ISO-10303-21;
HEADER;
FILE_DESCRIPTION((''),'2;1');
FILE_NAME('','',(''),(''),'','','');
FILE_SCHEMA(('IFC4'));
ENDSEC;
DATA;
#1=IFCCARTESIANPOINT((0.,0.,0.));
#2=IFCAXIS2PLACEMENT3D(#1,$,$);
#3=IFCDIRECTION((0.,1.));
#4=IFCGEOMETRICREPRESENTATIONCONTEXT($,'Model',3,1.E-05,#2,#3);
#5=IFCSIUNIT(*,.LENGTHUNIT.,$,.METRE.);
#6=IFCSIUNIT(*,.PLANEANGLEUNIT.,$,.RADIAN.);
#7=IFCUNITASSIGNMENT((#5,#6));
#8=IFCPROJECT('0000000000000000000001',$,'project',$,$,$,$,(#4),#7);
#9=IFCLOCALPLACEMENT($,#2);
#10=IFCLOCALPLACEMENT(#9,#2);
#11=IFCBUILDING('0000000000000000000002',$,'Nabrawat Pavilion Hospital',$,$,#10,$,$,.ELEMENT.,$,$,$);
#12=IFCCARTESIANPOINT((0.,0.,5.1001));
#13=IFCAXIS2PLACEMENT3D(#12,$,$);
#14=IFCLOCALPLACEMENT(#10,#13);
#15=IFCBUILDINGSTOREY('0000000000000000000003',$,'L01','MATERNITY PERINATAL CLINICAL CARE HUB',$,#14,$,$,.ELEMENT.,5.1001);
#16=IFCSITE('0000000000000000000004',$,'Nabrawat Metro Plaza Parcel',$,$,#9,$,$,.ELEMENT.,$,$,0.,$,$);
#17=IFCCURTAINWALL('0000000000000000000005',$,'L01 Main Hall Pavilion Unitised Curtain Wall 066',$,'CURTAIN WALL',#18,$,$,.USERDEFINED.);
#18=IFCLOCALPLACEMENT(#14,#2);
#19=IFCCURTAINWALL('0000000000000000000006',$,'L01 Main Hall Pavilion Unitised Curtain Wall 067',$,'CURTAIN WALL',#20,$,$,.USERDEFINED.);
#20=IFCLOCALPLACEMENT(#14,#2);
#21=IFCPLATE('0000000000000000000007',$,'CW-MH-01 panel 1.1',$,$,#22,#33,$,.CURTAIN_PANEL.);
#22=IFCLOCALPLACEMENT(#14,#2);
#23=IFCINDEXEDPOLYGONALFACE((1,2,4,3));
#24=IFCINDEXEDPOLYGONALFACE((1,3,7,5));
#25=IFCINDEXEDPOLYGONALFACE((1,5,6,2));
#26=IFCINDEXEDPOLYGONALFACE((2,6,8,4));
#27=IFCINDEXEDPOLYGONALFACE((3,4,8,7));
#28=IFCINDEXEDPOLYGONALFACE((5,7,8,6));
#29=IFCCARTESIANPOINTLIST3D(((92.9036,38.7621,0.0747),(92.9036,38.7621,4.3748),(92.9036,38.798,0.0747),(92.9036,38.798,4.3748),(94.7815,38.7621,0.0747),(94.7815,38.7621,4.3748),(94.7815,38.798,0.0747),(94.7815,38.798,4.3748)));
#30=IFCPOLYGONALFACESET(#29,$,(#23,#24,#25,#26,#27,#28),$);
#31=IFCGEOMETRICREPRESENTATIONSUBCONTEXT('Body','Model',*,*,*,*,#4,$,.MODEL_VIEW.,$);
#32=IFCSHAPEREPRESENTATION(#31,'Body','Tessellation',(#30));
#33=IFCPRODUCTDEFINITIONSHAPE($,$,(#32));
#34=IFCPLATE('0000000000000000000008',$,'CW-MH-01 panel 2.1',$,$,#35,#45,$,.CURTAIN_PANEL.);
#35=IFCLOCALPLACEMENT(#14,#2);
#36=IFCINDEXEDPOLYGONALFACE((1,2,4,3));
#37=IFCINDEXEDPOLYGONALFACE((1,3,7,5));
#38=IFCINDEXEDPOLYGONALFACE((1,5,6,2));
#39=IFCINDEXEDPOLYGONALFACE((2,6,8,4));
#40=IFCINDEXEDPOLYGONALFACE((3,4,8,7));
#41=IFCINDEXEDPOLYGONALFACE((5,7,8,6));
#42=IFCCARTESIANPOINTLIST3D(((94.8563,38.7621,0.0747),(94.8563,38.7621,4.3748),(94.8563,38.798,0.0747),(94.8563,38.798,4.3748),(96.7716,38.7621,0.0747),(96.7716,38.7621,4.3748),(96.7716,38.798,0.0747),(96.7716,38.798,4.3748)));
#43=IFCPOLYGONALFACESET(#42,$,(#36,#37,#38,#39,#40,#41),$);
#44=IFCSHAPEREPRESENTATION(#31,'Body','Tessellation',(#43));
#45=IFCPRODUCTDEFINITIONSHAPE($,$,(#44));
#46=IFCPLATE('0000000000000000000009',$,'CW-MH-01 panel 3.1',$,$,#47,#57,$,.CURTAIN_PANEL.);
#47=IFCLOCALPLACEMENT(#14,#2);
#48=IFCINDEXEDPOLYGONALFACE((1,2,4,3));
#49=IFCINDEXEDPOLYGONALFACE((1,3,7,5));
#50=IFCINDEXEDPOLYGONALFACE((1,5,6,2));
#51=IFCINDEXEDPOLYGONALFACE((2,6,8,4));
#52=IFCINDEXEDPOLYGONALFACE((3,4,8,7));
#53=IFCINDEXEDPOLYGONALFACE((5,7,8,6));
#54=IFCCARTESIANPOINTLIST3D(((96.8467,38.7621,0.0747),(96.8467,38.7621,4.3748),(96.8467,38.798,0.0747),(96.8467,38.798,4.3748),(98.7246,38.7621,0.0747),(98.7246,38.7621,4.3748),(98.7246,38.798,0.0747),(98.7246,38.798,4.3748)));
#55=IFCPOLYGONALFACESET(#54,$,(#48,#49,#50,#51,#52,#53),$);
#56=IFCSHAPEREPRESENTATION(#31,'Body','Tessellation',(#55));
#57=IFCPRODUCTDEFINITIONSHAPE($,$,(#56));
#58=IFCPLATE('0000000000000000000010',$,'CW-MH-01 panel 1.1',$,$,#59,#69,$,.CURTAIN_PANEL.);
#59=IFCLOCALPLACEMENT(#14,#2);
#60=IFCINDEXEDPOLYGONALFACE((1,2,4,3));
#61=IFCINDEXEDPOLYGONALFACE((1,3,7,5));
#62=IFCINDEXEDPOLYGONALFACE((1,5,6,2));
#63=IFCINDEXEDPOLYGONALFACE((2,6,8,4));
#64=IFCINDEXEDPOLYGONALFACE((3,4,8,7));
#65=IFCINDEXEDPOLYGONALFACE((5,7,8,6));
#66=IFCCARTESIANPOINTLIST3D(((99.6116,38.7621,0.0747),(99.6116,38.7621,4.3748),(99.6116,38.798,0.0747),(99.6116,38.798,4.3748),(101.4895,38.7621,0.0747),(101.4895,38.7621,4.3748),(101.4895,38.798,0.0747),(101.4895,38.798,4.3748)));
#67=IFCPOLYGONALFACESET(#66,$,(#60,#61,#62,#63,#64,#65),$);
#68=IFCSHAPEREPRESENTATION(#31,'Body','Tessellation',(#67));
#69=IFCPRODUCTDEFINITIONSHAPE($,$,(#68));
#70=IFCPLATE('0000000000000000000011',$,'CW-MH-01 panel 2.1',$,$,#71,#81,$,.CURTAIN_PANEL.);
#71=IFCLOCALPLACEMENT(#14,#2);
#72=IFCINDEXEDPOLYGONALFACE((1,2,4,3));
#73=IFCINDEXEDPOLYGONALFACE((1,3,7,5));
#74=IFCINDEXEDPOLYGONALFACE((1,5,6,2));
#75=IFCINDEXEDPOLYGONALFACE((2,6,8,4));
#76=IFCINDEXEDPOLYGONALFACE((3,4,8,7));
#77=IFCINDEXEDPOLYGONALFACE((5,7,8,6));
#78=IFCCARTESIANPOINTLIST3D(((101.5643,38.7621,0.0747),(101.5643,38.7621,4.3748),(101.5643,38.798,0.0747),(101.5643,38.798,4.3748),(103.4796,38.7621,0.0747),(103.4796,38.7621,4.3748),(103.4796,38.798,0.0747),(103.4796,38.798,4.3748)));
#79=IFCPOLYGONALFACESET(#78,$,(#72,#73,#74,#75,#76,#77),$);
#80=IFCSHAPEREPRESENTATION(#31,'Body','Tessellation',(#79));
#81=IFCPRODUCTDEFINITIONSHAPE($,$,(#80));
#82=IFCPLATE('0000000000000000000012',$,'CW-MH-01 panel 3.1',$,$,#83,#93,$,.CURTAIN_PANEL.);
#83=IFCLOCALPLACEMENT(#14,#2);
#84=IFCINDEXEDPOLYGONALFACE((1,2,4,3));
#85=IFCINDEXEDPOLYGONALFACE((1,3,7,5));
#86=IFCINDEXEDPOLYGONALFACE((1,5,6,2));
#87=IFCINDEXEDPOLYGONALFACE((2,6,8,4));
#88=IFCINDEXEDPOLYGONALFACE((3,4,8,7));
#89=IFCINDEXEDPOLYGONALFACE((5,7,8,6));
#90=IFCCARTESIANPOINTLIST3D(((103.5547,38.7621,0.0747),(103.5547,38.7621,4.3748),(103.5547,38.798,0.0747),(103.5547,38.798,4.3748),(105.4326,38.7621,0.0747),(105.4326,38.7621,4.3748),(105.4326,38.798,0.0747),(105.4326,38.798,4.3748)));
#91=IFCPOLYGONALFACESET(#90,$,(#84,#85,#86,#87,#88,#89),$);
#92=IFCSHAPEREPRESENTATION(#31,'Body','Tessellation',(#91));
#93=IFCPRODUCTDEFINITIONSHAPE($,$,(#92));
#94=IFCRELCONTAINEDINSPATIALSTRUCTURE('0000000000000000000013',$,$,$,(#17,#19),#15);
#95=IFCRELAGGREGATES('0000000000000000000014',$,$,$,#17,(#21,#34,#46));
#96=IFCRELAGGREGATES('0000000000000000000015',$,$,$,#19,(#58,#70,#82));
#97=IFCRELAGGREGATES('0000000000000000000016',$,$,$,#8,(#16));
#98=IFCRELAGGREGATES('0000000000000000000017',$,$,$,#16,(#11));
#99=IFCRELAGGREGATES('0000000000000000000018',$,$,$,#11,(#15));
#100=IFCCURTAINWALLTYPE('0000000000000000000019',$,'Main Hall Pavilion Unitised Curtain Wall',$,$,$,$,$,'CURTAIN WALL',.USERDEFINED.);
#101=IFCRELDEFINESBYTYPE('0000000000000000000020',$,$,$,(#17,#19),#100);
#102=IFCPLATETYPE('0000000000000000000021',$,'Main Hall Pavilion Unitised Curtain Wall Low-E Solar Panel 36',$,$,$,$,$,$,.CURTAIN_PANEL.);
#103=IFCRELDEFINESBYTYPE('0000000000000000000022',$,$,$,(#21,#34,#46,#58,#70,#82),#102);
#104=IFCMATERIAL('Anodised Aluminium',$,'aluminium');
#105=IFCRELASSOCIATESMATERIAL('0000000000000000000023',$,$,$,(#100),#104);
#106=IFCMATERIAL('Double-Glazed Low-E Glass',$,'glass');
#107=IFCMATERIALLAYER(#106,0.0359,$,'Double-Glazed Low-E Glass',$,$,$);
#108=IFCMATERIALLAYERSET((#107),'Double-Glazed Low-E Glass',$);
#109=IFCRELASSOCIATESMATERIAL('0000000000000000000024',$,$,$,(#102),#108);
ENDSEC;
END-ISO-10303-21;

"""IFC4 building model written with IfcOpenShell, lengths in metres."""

from ifc_helpers import new_model, si_unit, direction, frame, origin, origin_2d, place, context, subcontext, project, spatial, rectangle, extrude, material, layer, layer_set, type_object, element, aggregate, save


model = new_model("IFC4")

# Units and contexts
model_context = context("Model", 3, precision=1e-05, world=origin(), true_north=direction((0.0, 1.0)))
body_context = subcontext(model_context, "Body", "Model", "MODEL_VIEW")
ifc_project = project(units=[si_unit("LENGTHUNIT", "METRE"), si_unit("PLANEANGLEUNIT", "RADIAN")], contexts=[model_context])

# Site, building, storey
site_placement = place(None, origin())
site = spatial("IfcSite", under=ifc_project, at=site_placement, Name="Nabrawat Metro Plaza Parcel", CompositionType="ELEMENT", RefElevation=0.0)
building_placement = place(site_placement, origin())
building = spatial("IfcBuilding", under=site, at=building_placement, Name="Nabrawat Pavilion Hospital", CompositionType="ELEMENT")
storey_placement = place(building_placement, frame((0.0, 0.0, 5.1001)))
storey = spatial("IfcBuildingStorey", under=building, at=storey_placement, Name="L01", Description="MATERNITY PERINATAL CLINICAL CARE HUB", CompositionType="ELEMENT", Elevation=5.1001)

# Shared definitions
ifc_material_1 = material(Name="Anodised Aluminium", Category="aluminium")
curtain_wall_type = type_object("IfcCurtainWallType", Name="Main Hall Pavilion Unitised Curtain Wall", ElementType="CURTAIN WALL", PredefinedType="USERDEFINED", material=ifc_material_1)

# Curtain walls
curtain_wall_1_placement = place(storey_placement, origin())
curtain_wall_1 = element("IfcCurtainWall", 1, at=curtain_wall_1_placement, inside=storey, type_object=curtain_wall_type, Name="L01 Main Hall Pavilion Unitised Curtain Wall 066", ObjectType="CURTAIN WALL", PredefinedType="USERDEFINED")
curtain_wall_2_placement = place(storey_placement, origin())
curtain_wall_2 = element("IfcCurtainWall", 2, at=curtain_wall_2_placement, inside=storey, type_object=curtain_wall_type, Name="L01 Main Hall Pavilion Unitised Curtain Wall 067", ObjectType="CURTAIN WALL", PredefinedType="USERDEFINED")

# Plates
ifc_material_2 = material(Name="Double-Glazed Low-E Glass", Category="glass")
ifc_layer = layer(ifc_material_2, 0.0359, Name="Double-Glazed Low-E Glass")
ifc_layer_set = layer_set([ifc_layer], Name="Double-Glazed Low-E Glass")
plate_type = type_object("IfcPlateType", Name="Main Hall Pavilion Unitised Curtain Wall Low-E Solar Panel 36", PredefinedType="CURTAIN_PANEL", material=ifc_layer_set)
plate_1_placement = place(storey_placement, frame((93.8425, 38.78, 0.0747), z_axis=(0.0, 0.0, 1.0), x_axis=(1.0, 0.0, 0.0)))
plate_1 = element("IfcPlate", 3, at=plate_1_placement, type_object=plate_type, Name="CW-MH-01 panel 1.1", PredefinedType="CURTAIN_PANEL", context=body_context, shape_type="SweptSolid", body=[
    extrude(rectangle(XDim=1.8779, YDim=0.0359, at=origin_2d()), origin(), (0.0, 0.0, 1.0), 4.3),
])
plate_2_placement = place(storey_placement, frame((95.814, 38.78, 0.0747), z_axis=(0.0, 0.0, 1.0), x_axis=(1.0, 0.0, 0.0)))
plate_2 = element("IfcPlate", 4, at=plate_2_placement, type_object=plate_type, Name="CW-MH-01 panel 2.1", PredefinedType="CURTAIN_PANEL", context=body_context, shape_type="SweptSolid", body=[
    extrude(rectangle(XDim=1.9153, YDim=0.0359, at=origin_2d()), origin(), (0.0, 0.0, 1.0), 4.3),
])
plate_3_placement = place(storey_placement, frame((97.7856, 38.78, 0.0747), z_axis=(0.0, 0.0, 1.0), x_axis=(1.0, 0.0, 0.0)))
plate_3 = element("IfcPlate", 5, at=plate_3_placement, type_object=plate_type, Name="CW-MH-01 panel 3.1", PredefinedType="CURTAIN_PANEL", context=body_context, shape_type="SweptSolid", body=[
    extrude(rectangle(XDim=1.8779, YDim=0.0359, at=origin_2d()), origin(), (0.0, 0.0, 1.0), 4.3),
])
aggregate(curtain_wall_1, [plate_1, plate_2, plate_3])
plate_4_placement = place(storey_placement, frame((100.5505, 38.78, 0.0747), z_axis=(0.0, 0.0, 1.0), x_axis=(1.0, 0.0, 0.0)))
plate_4 = element("IfcPlate", 6, at=plate_4_placement, type_object=plate_type, Name="CW-MH-01 panel 1.1", PredefinedType="CURTAIN_PANEL", context=body_context, shape_type="SweptSolid", body=[
    extrude(rectangle(XDim=1.8779, YDim=0.0359, at=origin_2d()), origin(), (0.0, 0.0, 1.0), 4.3),
])
plate_5_placement = place(storey_placement, frame((102.522, 38.78, 0.0747), z_axis=(0.0, 0.0, 1.0), x_axis=(1.0, 0.0, 0.0)))
plate_5 = element("IfcPlate", 7, at=plate_5_placement, type_object=plate_type, Name="CW-MH-01 panel 2.1", PredefinedType="CURTAIN_PANEL", context=body_context, shape_type="SweptSolid", body=[
    extrude(rectangle(XDim=1.9153, YDim=0.0359, at=origin_2d()), origin(), (0.0, 0.0, 1.0), 4.3),
])
plate_6_placement = place(storey_placement, frame((104.4937, 38.78, 0.0747), z_axis=(0.0, 0.0, 1.0), x_axis=(1.0, 0.0, 0.0)))
plate_6 = element("IfcPlate", 8, at=plate_6_placement, type_object=plate_type, Name="CW-MH-01 panel 3.1", PredefinedType="CURTAIN_PANEL", context=body_context, shape_type="SweptSolid", body=[
    extrude(rectangle(XDim=1.8779, YDim=0.0359, at=origin_2d()), origin(), (0.0, 0.0, 1.0), 4.3),
])
aggregate(curtain_wall_2, [plate_4, plate_5, plate_6])

save(model, "model.ifc")
